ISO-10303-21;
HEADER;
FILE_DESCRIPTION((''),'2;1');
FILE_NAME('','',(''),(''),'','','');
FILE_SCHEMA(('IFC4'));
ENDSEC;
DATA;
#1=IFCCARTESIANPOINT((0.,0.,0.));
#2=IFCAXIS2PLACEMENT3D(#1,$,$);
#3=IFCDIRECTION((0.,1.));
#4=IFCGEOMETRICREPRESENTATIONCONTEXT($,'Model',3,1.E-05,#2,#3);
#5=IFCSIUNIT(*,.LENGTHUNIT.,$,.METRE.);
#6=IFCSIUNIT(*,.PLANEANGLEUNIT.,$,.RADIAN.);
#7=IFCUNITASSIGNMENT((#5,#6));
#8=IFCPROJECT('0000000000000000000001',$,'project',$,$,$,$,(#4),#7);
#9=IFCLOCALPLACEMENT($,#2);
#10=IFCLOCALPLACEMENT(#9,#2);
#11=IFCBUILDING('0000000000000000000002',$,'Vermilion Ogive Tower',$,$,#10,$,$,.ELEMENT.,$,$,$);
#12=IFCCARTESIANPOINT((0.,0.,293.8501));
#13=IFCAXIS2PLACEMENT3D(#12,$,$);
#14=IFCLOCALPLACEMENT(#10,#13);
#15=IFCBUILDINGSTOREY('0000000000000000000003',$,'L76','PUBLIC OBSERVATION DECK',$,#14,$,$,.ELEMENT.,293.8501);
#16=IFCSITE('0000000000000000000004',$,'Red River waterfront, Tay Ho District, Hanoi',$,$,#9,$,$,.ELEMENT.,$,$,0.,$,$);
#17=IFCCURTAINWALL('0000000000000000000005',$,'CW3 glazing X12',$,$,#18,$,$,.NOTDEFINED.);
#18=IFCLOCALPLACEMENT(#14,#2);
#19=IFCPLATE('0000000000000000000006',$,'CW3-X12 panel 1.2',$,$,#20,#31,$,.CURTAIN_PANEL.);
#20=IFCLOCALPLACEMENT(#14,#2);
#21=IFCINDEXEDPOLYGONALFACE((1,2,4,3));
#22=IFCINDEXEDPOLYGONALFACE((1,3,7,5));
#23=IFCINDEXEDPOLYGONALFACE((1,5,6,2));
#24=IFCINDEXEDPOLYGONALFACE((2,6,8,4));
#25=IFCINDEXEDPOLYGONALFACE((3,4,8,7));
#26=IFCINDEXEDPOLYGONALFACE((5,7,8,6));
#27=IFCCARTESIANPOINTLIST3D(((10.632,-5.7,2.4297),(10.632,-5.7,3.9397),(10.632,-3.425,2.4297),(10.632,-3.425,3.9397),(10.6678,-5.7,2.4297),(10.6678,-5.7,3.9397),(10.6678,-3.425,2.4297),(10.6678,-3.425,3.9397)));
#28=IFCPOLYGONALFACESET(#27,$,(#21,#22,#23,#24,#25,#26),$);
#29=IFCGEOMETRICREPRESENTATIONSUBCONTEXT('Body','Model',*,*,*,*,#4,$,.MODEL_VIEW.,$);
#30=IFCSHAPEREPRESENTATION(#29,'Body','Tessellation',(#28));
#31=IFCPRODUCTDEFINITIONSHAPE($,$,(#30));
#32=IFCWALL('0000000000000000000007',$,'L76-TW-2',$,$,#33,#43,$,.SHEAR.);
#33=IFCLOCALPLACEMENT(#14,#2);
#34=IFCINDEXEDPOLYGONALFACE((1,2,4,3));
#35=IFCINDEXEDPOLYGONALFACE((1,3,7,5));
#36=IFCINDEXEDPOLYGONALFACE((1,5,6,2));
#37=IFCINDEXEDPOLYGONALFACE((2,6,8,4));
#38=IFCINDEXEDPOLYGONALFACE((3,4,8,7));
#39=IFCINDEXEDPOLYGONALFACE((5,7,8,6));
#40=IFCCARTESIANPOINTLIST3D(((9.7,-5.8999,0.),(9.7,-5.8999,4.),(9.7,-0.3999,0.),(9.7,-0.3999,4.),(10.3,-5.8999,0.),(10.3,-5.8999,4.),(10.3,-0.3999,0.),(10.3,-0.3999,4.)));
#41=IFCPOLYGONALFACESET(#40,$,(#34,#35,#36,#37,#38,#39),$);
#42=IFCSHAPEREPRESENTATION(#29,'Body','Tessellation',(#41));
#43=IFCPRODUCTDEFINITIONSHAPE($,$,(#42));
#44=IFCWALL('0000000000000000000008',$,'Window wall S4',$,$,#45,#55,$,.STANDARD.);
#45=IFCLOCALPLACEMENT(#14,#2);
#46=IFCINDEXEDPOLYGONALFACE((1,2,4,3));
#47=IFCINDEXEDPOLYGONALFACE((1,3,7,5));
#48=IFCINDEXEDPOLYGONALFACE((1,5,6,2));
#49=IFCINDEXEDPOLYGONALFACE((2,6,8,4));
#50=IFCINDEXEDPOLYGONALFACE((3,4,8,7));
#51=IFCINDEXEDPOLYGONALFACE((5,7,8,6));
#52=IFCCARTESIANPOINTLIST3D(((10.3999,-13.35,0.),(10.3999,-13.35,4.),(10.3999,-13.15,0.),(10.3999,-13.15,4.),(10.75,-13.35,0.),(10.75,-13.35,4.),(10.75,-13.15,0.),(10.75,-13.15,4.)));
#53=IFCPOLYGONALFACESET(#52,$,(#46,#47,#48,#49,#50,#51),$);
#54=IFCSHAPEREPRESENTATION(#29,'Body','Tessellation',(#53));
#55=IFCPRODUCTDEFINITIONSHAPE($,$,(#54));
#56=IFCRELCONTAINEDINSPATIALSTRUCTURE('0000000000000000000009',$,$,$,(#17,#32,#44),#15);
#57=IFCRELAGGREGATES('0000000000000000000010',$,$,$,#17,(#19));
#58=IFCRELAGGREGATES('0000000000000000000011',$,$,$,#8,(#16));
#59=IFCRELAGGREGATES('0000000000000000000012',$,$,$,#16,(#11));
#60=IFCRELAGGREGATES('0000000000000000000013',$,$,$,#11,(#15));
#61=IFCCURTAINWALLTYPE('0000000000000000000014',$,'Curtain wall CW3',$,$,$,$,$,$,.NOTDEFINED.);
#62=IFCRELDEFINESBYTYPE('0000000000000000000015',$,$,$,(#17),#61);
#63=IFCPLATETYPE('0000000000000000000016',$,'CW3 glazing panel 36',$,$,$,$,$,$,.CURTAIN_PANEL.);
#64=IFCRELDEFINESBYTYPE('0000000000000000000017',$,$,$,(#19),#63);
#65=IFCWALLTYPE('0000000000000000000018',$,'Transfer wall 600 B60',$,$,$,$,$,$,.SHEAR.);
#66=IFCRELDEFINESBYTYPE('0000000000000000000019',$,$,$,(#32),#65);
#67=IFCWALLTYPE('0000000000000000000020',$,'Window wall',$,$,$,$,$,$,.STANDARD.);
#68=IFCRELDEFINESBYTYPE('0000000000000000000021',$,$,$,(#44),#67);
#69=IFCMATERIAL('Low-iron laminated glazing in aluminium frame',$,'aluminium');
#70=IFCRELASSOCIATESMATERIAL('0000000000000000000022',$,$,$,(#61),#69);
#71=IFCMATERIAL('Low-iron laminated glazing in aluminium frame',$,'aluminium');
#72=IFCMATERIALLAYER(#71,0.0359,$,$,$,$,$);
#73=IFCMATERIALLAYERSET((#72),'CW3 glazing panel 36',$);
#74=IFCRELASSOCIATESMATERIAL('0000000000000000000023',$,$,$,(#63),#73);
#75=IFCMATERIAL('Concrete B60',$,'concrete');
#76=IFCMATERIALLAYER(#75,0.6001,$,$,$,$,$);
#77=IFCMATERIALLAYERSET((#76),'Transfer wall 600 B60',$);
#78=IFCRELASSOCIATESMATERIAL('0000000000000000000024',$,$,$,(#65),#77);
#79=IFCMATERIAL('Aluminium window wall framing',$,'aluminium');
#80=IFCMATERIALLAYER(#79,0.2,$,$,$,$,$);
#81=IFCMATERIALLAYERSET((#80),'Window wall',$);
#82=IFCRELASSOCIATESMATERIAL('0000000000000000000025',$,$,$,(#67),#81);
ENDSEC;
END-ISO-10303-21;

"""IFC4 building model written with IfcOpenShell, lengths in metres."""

from ifc_helpers import new_model, si_unit, direction, frame, frame_2d, origin, origin_2d, place, context, subcontext, project, spatial, rectangle, extrude, material, layer, layer_set, type_object, element, aggregate, save


model = new_model("IFC4")

# Units and contexts
model_context = context("Model", 3, precision=1e-05, world=origin(), true_north=direction((0.0, 1.0)))
body_context = subcontext(model_context, "Body", "Model", "MODEL_VIEW")
ifc_project = project(units=[si_unit("LENGTHUNIT", "METRE"), si_unit("PLANEANGLEUNIT", "RADIAN")], contexts=[model_context])

# Site, building, storey
site_placement = place(None, origin())
site = spatial("IfcSite", under=ifc_project, at=site_placement, Name="Red River waterfront, Tay Ho District, Hanoi", CompositionType="ELEMENT", RefElevation=0.0)
building_placement = place(site_placement, origin())
building = spatial("IfcBuilding", under=site, at=building_placement, Name="Vermilion Ogive Tower", CompositionType="ELEMENT")
storey_placement = place(building_placement, frame((0.0, 0.0, 293.8501)))
storey = spatial("IfcBuildingStorey", under=building, at=storey_placement, Name="L76", Description="PUBLIC OBSERVATION DECK", CompositionType="ELEMENT", Elevation=293.8501)

# Shared definitions
ifc_material_1 = material(Name="Low-iron laminated glazing in aluminium frame", Category="aluminium")
curtain_wall_type = type_object("IfcCurtainWallType", Name="Curtain wall CW3", PredefinedType="NOTDEFINED", material=ifc_material_1)

# Curtain wall
curtain_wall_1_placement = place(storey_placement, origin())
curtain_wall_1 = element("IfcCurtainWall", 1, at=curtain_wall_1_placement, inside=storey, type_object=curtain_wall_type, Name="CW3 glazing X12", PredefinedType="NOTDEFINED")

# Plate
ifc_material_2 = material(Name="Low-iron laminated glazing in aluminium frame", Category="aluminium")
ifc_layer_1 = layer(ifc_material_2, 0.0359)
ifc_layer_set_1 = layer_set([ifc_layer_1], Name="CW3 glazing panel 36")
plate_type = type_object("IfcPlateType", Name="CW3 glazing panel 36", PredefinedType="CURTAIN_PANEL", material=ifc_layer_set_1)
plate_1_placement = place(storey_placement, frame((10.6499, -4.5625, 2.4297), z_axis=(0.0, 0.0, 1.0), x_axis=(0.0, 1.0, 0.0)))
plate_1 = element("IfcPlate", 2, at=plate_1_placement, type_object=plate_type, Name="CW3-X12 panel 1.2", PredefinedType="CURTAIN_PANEL", context=body_context, shape_type="SweptSolid", body=[
    extrude(rectangle(XDim=2.2749, YDim=0.0359, at=origin_2d()), origin(), (0.0, 0.0, 1.0), 1.51),
])
aggregate(curtain_wall_1, [plate_1])

# Walls
ifc_material_3 = material(Name="Concrete B60", Category="concrete")
ifc_layer_2 = layer(ifc_material_3, 0.6001)
ifc_layer_set_2 = layer_set([ifc_layer_2], Name="Transfer wall 600 B60")
wall_type_1 = type_object("IfcWallType", Name="Transfer wall 600 B60", PredefinedType="SHEAR", material=ifc_layer_set_2)
wall_1_placement = place(storey_placement, frame((10.0, -5.8999, 0.0), z_axis=(0.0, 0.0, 1.0), x_axis=(0.0, 1.0, 0.0)))
element("IfcWall", 3, at=wall_1_placement, inside=storey, type_object=wall_type_1, Name="L76-TW-2", PredefinedType="SHEAR", context=body_context, shape_type="SweptSolid", body=[
    extrude(rectangle(XDim=5.5, YDim=0.6001, at=frame_2d((2.75, 0.0))), origin(), (0.0, 0.0, 1.0), 4.0),
])
ifc_material_4 = material(Name="Aluminium window wall framing", Category="aluminium")
ifc_layer_3 = layer(ifc_material_4, 0.2)
ifc_layer_set_3 = layer_set([ifc_layer_3], Name="Window wall")
wall_type_2 = type_object("IfcWallType", Name="Window wall", PredefinedType="STANDARD", material=ifc_layer_set_3)
wall_2_placement = place(storey_placement, frame((10.3999, -13.25, 0.0), z_axis=(0.0, 0.0, 1.0), x_axis=(1.0, 0.0, 0.0)))
element("IfcWall", 4, at=wall_2_placement, inside=storey, type_object=wall_type_2, Name="Window wall S4", PredefinedType="STANDARD", context=body_context, shape_type="SweptSolid", body=[
    extrude(rectangle(XDim=0.3501, YDim=0.2, at=frame_2d((0.175, 0.0))), origin(), (0.0, 0.0, 1.0), 4.0),
])

save(model, "model.ifc")
